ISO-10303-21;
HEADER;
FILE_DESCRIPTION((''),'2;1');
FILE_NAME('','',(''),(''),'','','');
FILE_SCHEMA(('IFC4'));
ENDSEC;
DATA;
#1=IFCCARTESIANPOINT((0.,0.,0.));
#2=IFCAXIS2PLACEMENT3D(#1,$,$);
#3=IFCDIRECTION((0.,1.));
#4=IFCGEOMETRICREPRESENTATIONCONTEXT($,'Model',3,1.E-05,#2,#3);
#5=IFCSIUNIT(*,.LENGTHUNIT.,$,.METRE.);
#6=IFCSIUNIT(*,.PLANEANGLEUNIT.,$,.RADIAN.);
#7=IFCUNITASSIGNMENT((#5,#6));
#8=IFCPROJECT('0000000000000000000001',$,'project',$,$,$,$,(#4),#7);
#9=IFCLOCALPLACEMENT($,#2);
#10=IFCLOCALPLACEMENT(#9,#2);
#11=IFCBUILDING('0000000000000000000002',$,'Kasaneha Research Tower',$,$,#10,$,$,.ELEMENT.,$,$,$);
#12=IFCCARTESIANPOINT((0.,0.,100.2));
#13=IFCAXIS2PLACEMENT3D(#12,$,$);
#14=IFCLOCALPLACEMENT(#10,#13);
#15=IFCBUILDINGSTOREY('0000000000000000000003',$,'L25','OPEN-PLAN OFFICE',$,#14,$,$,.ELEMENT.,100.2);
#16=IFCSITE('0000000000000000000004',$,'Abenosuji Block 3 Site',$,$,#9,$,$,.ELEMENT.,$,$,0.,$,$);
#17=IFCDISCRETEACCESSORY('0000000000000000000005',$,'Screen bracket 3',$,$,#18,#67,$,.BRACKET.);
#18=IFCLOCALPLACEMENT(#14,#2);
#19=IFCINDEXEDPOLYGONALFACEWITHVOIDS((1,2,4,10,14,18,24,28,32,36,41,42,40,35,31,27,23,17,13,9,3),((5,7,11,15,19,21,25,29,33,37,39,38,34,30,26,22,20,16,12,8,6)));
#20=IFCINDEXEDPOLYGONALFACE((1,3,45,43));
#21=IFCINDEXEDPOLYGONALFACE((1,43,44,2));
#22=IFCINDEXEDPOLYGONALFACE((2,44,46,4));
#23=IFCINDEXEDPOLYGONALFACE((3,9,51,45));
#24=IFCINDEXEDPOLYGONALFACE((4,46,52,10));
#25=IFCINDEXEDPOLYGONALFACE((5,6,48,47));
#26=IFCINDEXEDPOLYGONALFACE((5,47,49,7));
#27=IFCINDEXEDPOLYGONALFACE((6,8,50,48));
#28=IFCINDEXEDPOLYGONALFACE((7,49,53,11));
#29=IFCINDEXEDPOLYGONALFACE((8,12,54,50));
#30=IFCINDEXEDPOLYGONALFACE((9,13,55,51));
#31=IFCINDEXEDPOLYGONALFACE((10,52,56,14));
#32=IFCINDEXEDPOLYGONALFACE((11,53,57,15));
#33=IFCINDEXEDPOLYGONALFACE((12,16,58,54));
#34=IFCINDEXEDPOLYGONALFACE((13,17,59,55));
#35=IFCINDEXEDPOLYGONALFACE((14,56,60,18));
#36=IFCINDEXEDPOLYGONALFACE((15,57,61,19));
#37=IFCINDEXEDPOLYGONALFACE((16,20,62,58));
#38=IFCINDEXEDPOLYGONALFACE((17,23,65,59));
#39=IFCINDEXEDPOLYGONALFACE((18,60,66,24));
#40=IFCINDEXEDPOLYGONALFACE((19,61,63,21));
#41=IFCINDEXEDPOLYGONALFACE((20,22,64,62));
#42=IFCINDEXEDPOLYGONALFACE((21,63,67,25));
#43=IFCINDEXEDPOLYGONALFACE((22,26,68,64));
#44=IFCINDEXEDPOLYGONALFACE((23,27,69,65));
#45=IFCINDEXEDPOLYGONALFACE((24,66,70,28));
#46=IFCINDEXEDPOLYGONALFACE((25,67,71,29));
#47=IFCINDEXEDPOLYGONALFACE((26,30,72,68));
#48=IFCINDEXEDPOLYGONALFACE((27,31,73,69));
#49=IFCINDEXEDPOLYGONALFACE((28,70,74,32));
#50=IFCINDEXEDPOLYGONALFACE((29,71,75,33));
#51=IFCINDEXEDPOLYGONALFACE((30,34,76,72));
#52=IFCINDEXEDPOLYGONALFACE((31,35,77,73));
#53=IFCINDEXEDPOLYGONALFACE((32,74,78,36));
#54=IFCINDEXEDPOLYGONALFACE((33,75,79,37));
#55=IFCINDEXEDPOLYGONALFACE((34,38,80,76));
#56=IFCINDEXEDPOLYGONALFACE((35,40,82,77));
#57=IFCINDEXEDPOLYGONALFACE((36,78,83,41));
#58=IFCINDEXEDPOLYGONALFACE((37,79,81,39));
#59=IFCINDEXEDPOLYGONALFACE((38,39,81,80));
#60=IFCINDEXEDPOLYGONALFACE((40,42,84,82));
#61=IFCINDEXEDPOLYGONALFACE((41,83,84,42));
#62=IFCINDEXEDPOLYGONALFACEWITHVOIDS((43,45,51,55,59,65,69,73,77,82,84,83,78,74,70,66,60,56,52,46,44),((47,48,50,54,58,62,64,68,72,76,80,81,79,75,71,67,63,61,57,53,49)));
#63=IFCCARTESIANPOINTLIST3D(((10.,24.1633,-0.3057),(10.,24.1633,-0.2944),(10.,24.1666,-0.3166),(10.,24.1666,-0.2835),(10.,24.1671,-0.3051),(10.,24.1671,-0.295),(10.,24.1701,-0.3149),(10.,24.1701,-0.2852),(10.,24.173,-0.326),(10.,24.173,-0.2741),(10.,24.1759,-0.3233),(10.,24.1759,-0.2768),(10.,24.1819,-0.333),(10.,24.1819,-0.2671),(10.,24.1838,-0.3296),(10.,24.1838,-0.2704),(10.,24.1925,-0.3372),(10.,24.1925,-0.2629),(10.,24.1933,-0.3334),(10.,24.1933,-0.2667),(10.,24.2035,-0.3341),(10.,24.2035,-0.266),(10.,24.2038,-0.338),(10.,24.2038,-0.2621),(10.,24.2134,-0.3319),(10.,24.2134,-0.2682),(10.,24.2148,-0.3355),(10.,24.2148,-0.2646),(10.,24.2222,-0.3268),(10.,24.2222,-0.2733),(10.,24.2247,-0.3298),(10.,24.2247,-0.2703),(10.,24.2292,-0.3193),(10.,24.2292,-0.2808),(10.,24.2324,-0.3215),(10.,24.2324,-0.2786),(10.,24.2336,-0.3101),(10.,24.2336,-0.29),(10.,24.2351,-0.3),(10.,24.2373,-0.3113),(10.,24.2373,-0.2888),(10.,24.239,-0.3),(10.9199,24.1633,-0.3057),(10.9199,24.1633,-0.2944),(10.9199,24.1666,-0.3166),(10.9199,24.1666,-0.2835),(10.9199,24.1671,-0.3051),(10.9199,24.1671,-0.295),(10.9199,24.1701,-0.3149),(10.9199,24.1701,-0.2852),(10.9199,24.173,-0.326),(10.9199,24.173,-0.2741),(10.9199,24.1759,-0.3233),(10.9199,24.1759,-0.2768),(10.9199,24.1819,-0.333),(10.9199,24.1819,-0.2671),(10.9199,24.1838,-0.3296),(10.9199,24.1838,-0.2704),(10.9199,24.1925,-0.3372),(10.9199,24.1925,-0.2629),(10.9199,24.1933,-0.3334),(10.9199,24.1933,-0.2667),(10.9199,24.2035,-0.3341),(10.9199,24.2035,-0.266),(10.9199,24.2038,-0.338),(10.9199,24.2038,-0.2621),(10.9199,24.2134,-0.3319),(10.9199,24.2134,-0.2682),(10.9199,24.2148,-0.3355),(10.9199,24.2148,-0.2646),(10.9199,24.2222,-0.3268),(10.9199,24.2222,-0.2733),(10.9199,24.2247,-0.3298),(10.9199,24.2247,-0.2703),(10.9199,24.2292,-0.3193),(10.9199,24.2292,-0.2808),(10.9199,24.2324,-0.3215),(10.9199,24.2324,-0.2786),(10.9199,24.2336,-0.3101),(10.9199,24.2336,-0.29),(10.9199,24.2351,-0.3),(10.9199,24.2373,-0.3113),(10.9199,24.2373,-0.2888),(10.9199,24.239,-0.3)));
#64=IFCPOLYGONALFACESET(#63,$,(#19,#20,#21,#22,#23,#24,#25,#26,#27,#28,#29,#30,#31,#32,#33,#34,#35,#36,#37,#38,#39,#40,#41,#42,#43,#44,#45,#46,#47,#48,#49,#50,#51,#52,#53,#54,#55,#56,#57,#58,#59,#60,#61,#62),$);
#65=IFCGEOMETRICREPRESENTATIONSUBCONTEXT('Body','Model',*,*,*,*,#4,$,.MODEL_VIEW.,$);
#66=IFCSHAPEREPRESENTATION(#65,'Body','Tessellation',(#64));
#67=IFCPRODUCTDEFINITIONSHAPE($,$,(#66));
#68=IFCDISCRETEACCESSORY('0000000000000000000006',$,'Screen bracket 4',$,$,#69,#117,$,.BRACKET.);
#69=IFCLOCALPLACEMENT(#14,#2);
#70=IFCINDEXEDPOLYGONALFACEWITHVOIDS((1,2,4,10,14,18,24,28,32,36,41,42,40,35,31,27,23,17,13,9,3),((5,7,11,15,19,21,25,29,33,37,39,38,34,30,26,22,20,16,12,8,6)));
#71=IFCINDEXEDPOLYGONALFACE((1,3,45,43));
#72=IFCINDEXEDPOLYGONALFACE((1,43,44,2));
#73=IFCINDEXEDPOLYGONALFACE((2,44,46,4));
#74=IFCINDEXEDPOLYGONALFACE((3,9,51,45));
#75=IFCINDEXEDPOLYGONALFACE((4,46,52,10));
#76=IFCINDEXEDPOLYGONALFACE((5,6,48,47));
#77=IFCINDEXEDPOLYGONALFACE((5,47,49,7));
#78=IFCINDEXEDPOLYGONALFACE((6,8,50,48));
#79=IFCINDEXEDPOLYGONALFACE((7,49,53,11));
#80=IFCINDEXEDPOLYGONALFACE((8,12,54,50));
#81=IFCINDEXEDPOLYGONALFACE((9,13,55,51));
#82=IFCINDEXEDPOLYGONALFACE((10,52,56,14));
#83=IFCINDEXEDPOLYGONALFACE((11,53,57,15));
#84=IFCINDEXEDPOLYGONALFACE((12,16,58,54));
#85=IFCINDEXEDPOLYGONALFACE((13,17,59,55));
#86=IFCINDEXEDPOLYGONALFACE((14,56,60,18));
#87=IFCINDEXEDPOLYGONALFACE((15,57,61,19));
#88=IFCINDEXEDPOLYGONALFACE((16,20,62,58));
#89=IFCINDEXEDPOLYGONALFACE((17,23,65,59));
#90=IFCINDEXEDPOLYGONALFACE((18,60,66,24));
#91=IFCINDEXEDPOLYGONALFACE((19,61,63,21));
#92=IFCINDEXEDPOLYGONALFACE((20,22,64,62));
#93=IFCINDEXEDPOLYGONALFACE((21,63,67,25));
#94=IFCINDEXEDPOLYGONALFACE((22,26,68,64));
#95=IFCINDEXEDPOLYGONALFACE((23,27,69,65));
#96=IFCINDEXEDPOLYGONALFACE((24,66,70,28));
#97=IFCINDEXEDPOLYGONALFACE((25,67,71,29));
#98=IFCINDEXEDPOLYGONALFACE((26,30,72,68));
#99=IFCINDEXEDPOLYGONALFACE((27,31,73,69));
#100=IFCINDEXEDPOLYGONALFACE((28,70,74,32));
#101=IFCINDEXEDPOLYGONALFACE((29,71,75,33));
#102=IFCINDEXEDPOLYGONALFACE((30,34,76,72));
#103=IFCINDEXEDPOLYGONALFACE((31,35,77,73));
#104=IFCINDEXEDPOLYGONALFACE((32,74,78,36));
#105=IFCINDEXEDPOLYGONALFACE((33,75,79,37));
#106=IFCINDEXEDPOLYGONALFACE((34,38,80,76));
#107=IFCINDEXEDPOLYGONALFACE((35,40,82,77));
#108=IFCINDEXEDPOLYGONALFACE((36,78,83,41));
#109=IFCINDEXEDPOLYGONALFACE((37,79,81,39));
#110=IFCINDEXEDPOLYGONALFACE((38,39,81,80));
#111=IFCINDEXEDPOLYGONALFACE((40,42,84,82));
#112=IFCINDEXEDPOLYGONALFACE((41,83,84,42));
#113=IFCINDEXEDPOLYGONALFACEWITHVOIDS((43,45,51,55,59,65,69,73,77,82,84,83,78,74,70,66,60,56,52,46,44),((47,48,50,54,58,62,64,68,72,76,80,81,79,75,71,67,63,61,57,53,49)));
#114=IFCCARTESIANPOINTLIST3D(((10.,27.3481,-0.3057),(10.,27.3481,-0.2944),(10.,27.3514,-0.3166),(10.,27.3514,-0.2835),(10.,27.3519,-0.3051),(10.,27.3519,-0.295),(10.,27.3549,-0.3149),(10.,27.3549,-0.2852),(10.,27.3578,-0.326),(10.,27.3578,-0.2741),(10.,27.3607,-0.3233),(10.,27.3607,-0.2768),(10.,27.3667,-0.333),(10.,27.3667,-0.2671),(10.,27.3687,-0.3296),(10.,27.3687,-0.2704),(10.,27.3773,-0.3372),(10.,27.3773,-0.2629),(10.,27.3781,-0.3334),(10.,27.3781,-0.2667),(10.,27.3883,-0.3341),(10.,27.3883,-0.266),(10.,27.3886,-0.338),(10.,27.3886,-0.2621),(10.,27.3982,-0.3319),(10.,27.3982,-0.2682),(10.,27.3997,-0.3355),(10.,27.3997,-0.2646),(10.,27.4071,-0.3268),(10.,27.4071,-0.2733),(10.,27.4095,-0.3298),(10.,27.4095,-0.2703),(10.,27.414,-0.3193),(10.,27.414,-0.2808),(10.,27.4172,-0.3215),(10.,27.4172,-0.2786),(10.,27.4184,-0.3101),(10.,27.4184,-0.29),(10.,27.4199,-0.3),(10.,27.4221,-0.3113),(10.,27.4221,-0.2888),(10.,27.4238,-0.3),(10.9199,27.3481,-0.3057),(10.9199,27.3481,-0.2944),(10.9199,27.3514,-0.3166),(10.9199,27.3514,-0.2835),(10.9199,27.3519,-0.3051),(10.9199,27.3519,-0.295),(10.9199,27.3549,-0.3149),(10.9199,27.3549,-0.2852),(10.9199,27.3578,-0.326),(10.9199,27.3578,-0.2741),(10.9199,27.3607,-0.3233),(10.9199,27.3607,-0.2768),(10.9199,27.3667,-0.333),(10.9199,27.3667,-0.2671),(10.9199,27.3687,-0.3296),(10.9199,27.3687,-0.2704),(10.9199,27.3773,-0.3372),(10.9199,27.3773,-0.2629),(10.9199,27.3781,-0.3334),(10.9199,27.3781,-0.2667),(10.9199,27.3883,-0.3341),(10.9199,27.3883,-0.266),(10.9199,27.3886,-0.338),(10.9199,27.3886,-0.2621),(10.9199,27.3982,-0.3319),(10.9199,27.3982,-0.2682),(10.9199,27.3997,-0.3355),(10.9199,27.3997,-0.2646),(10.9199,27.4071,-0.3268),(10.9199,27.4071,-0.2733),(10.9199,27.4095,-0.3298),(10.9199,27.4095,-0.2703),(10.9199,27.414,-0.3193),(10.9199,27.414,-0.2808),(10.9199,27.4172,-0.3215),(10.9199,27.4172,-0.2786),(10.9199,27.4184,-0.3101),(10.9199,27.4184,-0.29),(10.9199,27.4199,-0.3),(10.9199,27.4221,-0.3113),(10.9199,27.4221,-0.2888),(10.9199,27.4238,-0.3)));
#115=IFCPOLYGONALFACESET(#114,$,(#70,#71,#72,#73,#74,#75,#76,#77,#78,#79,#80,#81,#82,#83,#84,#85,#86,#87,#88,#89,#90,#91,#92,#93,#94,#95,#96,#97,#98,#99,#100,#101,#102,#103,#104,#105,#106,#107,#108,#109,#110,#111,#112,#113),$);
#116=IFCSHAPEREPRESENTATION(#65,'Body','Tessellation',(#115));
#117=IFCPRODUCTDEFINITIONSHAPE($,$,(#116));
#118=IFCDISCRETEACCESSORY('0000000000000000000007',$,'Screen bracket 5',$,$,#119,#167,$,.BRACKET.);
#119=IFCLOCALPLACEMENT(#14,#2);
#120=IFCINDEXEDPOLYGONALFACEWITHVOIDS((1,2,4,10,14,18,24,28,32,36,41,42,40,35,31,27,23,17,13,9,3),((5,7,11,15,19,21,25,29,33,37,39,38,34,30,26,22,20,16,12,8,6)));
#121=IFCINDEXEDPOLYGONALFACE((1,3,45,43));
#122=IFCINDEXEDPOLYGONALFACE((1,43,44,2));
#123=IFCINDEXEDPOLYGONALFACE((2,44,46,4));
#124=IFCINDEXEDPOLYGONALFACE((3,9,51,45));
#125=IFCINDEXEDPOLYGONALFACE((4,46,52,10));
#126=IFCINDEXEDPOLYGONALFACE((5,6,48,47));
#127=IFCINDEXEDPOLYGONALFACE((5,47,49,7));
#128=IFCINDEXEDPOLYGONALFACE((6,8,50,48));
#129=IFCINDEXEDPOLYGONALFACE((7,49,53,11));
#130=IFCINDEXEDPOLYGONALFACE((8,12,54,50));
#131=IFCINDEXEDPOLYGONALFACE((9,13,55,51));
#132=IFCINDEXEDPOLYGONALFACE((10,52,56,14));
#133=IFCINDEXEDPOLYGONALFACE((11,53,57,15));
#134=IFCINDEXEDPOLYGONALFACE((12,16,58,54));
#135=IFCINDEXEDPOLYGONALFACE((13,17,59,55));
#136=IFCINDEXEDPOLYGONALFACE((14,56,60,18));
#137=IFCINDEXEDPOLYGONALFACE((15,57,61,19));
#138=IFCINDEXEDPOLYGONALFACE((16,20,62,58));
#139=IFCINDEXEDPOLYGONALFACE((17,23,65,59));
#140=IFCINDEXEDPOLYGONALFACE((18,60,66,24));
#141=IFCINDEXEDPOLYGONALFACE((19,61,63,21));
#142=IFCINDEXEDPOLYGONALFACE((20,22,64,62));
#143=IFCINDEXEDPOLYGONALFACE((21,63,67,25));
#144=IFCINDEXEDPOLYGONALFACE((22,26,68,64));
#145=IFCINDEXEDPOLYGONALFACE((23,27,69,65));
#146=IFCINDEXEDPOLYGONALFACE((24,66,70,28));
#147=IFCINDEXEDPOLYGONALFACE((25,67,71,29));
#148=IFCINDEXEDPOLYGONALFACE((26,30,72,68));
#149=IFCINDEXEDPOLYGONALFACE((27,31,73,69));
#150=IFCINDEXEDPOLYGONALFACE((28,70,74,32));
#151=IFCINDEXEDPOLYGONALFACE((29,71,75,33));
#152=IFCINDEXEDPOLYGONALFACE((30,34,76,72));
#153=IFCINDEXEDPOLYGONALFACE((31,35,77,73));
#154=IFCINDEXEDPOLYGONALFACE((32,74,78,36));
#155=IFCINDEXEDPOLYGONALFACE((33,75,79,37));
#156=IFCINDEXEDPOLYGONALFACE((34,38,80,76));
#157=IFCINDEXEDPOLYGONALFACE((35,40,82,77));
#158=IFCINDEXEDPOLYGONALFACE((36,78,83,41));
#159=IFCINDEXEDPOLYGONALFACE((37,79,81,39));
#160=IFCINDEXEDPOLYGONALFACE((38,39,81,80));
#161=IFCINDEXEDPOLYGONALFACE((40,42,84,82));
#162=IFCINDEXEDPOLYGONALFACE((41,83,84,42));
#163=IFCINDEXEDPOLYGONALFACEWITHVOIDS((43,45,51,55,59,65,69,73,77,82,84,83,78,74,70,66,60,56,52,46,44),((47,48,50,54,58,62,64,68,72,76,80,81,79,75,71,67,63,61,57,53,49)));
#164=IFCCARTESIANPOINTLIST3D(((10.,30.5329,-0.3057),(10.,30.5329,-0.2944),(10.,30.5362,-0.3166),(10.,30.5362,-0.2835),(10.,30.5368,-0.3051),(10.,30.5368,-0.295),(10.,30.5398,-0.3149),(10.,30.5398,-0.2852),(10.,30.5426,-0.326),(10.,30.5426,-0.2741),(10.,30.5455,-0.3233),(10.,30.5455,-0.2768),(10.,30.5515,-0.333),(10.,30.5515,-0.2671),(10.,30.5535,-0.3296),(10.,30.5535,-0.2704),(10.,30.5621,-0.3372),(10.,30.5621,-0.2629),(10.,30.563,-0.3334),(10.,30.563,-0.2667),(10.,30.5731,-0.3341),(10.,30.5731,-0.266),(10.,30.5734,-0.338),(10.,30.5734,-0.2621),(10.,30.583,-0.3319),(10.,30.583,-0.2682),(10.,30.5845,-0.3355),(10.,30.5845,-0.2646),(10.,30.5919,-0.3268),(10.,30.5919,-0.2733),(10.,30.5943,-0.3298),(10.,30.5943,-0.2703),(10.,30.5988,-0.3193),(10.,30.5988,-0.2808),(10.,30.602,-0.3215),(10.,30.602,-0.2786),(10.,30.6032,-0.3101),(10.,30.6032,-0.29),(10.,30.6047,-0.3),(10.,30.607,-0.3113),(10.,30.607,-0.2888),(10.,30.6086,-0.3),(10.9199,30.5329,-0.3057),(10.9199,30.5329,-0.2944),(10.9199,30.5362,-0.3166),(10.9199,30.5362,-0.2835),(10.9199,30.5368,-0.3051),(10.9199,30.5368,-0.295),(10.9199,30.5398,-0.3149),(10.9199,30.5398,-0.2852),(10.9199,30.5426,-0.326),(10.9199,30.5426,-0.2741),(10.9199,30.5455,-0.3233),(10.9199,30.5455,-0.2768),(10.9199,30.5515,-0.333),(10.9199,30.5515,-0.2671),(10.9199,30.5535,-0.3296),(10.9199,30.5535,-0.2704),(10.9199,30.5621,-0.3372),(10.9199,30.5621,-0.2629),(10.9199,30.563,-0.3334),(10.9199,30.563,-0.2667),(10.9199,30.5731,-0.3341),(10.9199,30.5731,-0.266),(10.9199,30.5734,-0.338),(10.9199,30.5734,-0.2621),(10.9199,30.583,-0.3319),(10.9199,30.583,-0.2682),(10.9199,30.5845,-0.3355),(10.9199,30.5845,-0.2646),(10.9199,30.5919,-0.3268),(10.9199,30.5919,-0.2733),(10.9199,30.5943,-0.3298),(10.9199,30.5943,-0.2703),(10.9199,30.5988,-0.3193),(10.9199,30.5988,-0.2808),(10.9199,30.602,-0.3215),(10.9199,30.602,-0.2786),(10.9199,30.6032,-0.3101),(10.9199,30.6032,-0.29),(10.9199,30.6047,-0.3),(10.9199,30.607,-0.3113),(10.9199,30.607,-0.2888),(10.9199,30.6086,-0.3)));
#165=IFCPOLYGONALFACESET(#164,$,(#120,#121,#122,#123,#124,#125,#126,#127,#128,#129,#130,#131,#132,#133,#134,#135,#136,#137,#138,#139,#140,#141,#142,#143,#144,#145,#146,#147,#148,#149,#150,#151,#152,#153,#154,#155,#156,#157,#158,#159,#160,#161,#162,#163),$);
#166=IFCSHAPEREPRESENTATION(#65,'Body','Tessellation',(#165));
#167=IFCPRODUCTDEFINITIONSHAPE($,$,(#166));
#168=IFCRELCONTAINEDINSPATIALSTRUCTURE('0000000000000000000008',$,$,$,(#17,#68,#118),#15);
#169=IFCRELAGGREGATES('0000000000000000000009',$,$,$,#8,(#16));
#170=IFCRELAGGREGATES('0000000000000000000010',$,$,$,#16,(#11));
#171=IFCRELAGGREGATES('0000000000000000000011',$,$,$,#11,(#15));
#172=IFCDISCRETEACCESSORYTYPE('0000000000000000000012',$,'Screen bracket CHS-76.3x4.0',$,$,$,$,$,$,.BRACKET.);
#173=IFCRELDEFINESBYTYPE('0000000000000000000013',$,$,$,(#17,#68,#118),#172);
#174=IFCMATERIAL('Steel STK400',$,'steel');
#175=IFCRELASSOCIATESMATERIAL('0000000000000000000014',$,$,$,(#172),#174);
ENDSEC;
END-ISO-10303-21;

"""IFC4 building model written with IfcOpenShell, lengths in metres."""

from ifc_helpers import new_model, si_unit, direction, frame, origin, origin_2d, place, context, subcontext, project, spatial, hollow_circle, extrude, material, material_profile, profile_set, type_object, element, save


model = new_model("IFC4")

# Units and contexts
model_context = context("Model", 3, precision=1e-05, world=origin(), true_north=direction((0.0, 1.0)))
body_context = subcontext(model_context, "Body", "Model", "MODEL_VIEW")
ifc_project = project(units=[si_unit("LENGTHUNIT", "METRE"), si_unit("PLANEANGLEUNIT", "RADIAN")], contexts=[model_context])

# Site, building, storey
site_placement = place(None, origin())
site = spatial("IfcSite", under=ifc_project, at=site_placement, Name="Abenosuji Block 3 Site", CompositionType="ELEMENT", RefElevation=0.0)
building_placement = place(site_placement, origin())
building = spatial("IfcBuilding", under=site, at=building_placement, Name="Kasaneha Research Tower", CompositionType="ELEMENT")
storey_placement = place(building_placement, frame((0.0, 0.0, 100.2)))
storey = spatial("IfcBuildingStorey", under=building, at=storey_placement, Name="L25", Description="OPEN-PLAN OFFICE", CompositionType="ELEMENT", Elevation=100.2)

# Discrete accessories
ifc_material_1 = material(Name="Steel STK400", Category="steel")
ifc_material_profile_1 = material_profile(ifc_material_1, hollow_circle(Radius=0.0381, WallThickness=0.0039, at=origin_2d()), Name="CHS-76.3x4.0")
ifc_profile_set_1 = profile_set([ifc_material_profile_1], Name="Steel STK400")
discrete_accessory_type = type_object("IfcDiscreteAccessoryType", Name="Screen bracket CHS-76.3x4.0", PredefinedType="BRACKET", material=ifc_profile_set_1)
for number, where, z_axis, x_axis, name in (
    (1, (10.0, 24.2009, -0.3), (1.0, 0.0, 0.0), (0.0, 1.0, 0.0), "Screen bracket 3"),
    (2, (10.0, 27.3857, -0.3), (1.0, 0.0, 0.0), (0.0, 1.0, 0.0), "Screen bracket 4"),
    (3, (10.0, 30.5706, -0.3), (1.0, 0.0, 0.0), (0.0, 1.0, 0.0), "Screen bracket 5"),
):
    element("IfcDiscreteAccessory", number, at=place(storey_placement, frame(where, z_axis=z_axis, x_axis=x_axis)), inside=storey, type_object=discrete_accessory_type, Name=name, PredefinedType="BRACKET", context=body_context, shape_type="SweptSolid", body=[
        extrude(hollow_circle(Radius=0.0381, WallThickness=0.0039, at=origin_2d()), origin(), (0.0, 0.0, 1.0), 0.9199),
    ])

save(model, "model.ifc")
